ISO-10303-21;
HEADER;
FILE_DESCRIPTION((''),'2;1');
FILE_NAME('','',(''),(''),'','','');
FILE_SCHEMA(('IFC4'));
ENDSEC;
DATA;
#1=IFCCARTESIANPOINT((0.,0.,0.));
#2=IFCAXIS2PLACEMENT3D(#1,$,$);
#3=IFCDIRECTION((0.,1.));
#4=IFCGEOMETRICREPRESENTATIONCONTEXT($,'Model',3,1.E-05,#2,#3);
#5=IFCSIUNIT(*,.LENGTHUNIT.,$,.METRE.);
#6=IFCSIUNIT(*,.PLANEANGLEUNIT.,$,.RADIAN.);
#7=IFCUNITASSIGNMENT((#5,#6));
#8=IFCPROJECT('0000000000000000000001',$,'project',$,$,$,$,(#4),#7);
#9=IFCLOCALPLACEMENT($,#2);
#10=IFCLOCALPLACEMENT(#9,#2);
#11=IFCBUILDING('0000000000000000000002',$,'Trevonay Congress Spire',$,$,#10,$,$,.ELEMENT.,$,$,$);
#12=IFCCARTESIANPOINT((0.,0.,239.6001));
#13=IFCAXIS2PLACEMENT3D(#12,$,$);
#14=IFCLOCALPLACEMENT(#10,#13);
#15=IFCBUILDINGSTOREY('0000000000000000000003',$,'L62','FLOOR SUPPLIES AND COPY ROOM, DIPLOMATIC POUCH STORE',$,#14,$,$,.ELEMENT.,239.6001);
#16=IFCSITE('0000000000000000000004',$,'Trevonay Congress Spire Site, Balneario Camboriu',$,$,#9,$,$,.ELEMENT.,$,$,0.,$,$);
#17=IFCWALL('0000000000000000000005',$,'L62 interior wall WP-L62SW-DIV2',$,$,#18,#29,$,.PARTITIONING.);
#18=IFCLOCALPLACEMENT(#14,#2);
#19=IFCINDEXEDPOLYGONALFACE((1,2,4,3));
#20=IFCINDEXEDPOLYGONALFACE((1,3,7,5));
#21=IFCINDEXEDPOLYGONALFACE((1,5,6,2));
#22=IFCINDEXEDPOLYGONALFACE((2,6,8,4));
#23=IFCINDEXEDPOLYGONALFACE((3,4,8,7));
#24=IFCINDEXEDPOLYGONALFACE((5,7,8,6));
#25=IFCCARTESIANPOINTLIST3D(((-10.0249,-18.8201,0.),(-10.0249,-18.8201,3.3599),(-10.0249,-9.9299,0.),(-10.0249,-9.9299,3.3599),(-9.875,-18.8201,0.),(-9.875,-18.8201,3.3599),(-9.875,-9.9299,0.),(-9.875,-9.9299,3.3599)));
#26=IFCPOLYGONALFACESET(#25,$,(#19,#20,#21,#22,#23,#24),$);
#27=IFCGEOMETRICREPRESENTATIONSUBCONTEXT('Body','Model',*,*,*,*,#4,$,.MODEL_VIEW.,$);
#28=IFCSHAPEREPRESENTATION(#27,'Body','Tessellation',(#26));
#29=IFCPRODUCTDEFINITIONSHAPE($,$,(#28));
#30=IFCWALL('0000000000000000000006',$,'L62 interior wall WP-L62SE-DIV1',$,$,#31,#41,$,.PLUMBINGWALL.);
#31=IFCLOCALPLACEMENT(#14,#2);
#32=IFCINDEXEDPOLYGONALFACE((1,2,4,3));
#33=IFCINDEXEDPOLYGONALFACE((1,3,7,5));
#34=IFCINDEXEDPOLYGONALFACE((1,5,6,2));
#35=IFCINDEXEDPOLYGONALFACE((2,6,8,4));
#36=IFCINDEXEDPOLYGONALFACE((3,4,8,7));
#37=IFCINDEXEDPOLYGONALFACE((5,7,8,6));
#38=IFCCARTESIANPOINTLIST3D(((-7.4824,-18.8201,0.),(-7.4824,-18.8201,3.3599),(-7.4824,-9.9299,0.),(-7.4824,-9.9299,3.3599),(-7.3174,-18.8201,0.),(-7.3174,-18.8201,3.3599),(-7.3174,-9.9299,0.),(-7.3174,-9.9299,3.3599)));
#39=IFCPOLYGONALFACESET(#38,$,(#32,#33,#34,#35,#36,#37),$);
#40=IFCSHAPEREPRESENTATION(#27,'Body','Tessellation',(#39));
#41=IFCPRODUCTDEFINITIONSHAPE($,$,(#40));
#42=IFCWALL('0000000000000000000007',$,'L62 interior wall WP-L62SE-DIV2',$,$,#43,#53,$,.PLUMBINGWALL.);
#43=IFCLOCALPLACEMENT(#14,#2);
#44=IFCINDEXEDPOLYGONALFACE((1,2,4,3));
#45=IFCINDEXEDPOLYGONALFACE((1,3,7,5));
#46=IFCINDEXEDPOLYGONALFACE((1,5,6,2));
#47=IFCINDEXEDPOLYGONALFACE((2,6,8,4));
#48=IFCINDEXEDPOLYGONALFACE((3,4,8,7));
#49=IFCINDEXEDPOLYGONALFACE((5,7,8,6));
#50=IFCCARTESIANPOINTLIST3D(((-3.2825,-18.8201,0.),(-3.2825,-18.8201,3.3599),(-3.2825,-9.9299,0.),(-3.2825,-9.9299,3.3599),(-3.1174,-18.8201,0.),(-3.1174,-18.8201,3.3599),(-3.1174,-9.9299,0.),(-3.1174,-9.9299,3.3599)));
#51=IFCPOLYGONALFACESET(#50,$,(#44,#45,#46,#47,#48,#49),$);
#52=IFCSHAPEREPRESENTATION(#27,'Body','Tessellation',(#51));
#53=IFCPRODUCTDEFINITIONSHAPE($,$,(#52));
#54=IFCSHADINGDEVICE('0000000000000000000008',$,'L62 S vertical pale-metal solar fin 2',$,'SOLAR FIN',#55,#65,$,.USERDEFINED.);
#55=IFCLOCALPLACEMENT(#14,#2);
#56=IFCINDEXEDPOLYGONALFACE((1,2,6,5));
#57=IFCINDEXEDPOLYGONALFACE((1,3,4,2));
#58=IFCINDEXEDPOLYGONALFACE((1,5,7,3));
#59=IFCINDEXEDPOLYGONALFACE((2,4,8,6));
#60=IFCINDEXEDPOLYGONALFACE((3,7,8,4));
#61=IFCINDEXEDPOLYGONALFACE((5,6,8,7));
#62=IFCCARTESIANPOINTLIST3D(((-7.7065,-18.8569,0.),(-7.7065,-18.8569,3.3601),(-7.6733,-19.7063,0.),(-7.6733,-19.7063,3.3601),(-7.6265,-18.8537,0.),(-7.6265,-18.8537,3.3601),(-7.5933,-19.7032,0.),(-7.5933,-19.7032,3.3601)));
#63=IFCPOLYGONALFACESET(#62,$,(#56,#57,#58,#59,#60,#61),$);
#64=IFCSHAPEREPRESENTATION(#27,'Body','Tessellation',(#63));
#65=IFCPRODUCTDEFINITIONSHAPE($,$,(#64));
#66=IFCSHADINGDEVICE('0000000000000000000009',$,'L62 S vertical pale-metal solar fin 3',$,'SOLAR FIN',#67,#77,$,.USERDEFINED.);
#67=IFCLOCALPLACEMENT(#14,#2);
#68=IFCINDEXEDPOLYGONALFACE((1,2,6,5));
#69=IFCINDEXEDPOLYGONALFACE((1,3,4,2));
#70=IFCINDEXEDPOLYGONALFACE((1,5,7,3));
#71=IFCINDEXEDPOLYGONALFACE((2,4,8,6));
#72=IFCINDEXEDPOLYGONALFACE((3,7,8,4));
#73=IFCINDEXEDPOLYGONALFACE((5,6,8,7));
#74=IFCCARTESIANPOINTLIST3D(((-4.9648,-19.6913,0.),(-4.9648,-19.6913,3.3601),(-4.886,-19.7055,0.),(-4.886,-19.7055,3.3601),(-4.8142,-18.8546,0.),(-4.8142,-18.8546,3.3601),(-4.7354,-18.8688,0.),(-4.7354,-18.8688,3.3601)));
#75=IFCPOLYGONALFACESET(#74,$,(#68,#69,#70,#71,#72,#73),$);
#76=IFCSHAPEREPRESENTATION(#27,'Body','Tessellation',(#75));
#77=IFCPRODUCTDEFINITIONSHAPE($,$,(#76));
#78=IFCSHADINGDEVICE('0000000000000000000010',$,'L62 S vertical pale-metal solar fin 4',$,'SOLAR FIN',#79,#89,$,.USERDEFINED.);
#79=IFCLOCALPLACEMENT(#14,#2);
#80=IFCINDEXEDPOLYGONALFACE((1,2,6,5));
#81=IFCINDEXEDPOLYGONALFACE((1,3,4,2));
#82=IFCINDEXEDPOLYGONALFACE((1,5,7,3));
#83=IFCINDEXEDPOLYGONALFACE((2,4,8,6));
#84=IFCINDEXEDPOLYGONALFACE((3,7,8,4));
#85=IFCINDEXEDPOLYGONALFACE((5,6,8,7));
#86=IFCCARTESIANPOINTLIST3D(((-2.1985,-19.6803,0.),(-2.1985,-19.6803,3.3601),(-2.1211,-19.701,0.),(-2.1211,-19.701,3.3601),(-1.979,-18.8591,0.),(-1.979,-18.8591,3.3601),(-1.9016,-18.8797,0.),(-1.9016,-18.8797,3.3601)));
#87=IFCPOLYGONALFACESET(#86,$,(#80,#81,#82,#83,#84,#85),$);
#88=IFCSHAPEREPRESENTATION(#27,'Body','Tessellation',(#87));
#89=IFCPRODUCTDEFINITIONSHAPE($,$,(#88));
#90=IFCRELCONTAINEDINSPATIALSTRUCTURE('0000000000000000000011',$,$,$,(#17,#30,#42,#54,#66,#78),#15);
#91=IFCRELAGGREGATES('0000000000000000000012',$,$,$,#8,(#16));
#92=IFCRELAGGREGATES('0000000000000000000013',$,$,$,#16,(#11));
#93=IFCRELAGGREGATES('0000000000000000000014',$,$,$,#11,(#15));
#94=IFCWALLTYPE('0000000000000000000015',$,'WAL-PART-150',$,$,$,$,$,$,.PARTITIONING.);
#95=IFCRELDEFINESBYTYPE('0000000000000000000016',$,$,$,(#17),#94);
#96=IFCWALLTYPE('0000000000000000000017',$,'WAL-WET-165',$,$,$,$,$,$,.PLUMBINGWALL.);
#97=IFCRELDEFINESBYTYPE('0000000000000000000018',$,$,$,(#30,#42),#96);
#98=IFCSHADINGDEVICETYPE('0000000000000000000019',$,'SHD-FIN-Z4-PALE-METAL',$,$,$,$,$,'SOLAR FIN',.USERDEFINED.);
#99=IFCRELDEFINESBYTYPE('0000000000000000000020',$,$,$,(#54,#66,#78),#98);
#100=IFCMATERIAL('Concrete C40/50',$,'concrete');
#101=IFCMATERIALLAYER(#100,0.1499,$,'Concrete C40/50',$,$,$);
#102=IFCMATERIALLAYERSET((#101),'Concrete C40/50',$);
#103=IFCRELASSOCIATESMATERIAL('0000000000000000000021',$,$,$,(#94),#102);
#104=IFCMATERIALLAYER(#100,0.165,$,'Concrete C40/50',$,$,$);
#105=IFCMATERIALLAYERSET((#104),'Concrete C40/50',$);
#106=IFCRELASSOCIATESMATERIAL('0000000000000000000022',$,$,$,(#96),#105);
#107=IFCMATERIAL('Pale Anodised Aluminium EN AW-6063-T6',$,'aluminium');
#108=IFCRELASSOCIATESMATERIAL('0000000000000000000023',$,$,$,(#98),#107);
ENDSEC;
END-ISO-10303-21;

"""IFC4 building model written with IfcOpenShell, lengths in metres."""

from ifc_helpers import new_model, si_unit, direction, frame, frame_2d, origin, origin_2d, place, context, subcontext, project, spatial, rectangle, extrude, material, layer, layer_set, type_object, element, save


model = new_model("IFC4")

# Units and contexts
model_context = context("Model", 3, precision=1e-05, world=origin(), true_north=direction((0.0, 1.0)))
body_context = subcontext(model_context, "Body", "Model", "MODEL_VIEW")
ifc_project = project(units=[si_unit("LENGTHUNIT", "METRE"), si_unit("PLANEANGLEUNIT", "RADIAN")], contexts=[model_context])

# Site, building, storey
site_placement = place(None, origin())
site = spatial("IfcSite", under=ifc_project, at=site_placement, Name="Trevonay Congress Spire Site, Balneario Camboriu", CompositionType="ELEMENT", RefElevation=0.0)
building_placement = place(site_placement, origin())
building = spatial("IfcBuilding", under=site, at=building_placement, Name="Trevonay Congress Spire", CompositionType="ELEMENT")
storey_placement = place(building_placement, frame((0.0, 0.0, 239.6001)))
storey = spatial("IfcBuildingStorey", under=building, at=storey_placement, Name="L62", Description="FLOOR SUPPLIES AND COPY ROOM, DIPLOMATIC POUCH STORE", CompositionType="ELEMENT", Elevation=239.6001)

# Shared definitions
ifc_material_1 = material(Name="Pale Anodised Aluminium EN AW-6063-T6", Category="aluminium")

# Shared definitions
ifc_material_2 = material(Name="Concrete C40/50", Category="concrete")

# Walls
ifc_layer_1 = layer(ifc_material_2, 0.1499, Name="Concrete C40/50")
ifc_layer_set_1 = layer_set([ifc_layer_1], Name="Concrete C40/50")
wall_type_1 = type_object("IfcWallType", Name="WAL-PART-150", PredefinedType="PARTITIONING", material=ifc_layer_set_1)
wall_1_placement = place(storey_placement, frame((-9.95, -18.8201, 0.0), z_axis=(0.0, 0.0, 1.0), x_axis=(0.0, 1.0, 0.0)))
element("IfcWall", 1, at=wall_1_placement, inside=storey, type_object=wall_type_1, Name="L62 interior wall WP-L62SW-DIV2", PredefinedType="PARTITIONING", context=body_context, shape_type="SweptSolid", body=[
    extrude(rectangle(XDim=8.8901, YDim=0.1499, at=frame_2d((4.4451, 0.0))), origin(), (0.0, 0.0, 1.0), 3.3599),
])
ifc_layer_2 = layer(ifc_material_2, 0.165, Name="Concrete C40/50")
ifc_layer_set_2 = layer_set([ifc_layer_2], Name="Concrete C40/50")
wall_type_2 = type_object("IfcWallType", Name="WAL-WET-165", PredefinedType="PLUMBINGWALL", material=ifc_layer_set_2)
for number, where, z_axis, x_axis, name in (
    (2, (-7.3999, -18.8201, 0.0), (0.0, 0.0, 1.0), (0.0, 1.0, 0.0), "L62 interior wall WP-L62SE-DIV1"),
    (3, (-3.2, -18.8201, 0.0), (0.0, 0.0, 1.0), (0.0, 1.0, 0.0), "L62 interior wall WP-L62SE-DIV2"),
):
    element("IfcWall", number, at=place(storey_placement, frame(where, z_axis=z_axis, x_axis=x_axis)), inside=storey, type_object=wall_type_2, Name=name, PredefinedType="PLUMBINGWALL", context=body_context, shape_type="SweptSolid", body=[
        extrude(rectangle(XDim=8.8901, YDim=0.165, at=frame_2d((4.4451, 0.0))), origin(), (0.0, 0.0, 1.0), 3.3599),
    ])

# Shading devices
shading_device_type = type_object("IfcShadingDeviceType", Name="SHD-FIN-Z4-PALE-METAL", ElementType="SOLAR FIN", PredefinedType="USERDEFINED", material=ifc_material_1)
for number, where, z_axis, x_axis, name in (
    (4, (-7.6499, -19.28, 0.0), (0.0, 0.0, 1.0), (0.999236, 0.039085, 0.0), "L62 S vertical pale-metal solar fin 2"),
    (5, (-4.8501, -19.28, 0.0), (0.0, 0.0, 1.0), (0.984196, -0.177085, 0.0), "L62 S vertical pale-metal solar fin 3"),
    (6, (-2.05, -19.28, 0.0), (0.0, 0.0, 1.0), (0.966106, -0.258145, 0.0), "L62 S vertical pale-metal solar fin 4"),
):
    element("IfcShadingDevice", number, at=place(storey_placement, frame(where, z_axis=z_axis, x_axis=x_axis)), inside=storey, type_object=shading_device_type, Name=name, ObjectType="SOLAR FIN", PredefinedType="USERDEFINED", context=body_context, shape_type="SweptSolid", body=[
        extrude(rectangle(XDim=0.0801, YDim=0.8501, at=origin_2d()), origin(), (0.0, 0.0, 1.0), 3.3601),
    ])

save(model, "model.ifc")
